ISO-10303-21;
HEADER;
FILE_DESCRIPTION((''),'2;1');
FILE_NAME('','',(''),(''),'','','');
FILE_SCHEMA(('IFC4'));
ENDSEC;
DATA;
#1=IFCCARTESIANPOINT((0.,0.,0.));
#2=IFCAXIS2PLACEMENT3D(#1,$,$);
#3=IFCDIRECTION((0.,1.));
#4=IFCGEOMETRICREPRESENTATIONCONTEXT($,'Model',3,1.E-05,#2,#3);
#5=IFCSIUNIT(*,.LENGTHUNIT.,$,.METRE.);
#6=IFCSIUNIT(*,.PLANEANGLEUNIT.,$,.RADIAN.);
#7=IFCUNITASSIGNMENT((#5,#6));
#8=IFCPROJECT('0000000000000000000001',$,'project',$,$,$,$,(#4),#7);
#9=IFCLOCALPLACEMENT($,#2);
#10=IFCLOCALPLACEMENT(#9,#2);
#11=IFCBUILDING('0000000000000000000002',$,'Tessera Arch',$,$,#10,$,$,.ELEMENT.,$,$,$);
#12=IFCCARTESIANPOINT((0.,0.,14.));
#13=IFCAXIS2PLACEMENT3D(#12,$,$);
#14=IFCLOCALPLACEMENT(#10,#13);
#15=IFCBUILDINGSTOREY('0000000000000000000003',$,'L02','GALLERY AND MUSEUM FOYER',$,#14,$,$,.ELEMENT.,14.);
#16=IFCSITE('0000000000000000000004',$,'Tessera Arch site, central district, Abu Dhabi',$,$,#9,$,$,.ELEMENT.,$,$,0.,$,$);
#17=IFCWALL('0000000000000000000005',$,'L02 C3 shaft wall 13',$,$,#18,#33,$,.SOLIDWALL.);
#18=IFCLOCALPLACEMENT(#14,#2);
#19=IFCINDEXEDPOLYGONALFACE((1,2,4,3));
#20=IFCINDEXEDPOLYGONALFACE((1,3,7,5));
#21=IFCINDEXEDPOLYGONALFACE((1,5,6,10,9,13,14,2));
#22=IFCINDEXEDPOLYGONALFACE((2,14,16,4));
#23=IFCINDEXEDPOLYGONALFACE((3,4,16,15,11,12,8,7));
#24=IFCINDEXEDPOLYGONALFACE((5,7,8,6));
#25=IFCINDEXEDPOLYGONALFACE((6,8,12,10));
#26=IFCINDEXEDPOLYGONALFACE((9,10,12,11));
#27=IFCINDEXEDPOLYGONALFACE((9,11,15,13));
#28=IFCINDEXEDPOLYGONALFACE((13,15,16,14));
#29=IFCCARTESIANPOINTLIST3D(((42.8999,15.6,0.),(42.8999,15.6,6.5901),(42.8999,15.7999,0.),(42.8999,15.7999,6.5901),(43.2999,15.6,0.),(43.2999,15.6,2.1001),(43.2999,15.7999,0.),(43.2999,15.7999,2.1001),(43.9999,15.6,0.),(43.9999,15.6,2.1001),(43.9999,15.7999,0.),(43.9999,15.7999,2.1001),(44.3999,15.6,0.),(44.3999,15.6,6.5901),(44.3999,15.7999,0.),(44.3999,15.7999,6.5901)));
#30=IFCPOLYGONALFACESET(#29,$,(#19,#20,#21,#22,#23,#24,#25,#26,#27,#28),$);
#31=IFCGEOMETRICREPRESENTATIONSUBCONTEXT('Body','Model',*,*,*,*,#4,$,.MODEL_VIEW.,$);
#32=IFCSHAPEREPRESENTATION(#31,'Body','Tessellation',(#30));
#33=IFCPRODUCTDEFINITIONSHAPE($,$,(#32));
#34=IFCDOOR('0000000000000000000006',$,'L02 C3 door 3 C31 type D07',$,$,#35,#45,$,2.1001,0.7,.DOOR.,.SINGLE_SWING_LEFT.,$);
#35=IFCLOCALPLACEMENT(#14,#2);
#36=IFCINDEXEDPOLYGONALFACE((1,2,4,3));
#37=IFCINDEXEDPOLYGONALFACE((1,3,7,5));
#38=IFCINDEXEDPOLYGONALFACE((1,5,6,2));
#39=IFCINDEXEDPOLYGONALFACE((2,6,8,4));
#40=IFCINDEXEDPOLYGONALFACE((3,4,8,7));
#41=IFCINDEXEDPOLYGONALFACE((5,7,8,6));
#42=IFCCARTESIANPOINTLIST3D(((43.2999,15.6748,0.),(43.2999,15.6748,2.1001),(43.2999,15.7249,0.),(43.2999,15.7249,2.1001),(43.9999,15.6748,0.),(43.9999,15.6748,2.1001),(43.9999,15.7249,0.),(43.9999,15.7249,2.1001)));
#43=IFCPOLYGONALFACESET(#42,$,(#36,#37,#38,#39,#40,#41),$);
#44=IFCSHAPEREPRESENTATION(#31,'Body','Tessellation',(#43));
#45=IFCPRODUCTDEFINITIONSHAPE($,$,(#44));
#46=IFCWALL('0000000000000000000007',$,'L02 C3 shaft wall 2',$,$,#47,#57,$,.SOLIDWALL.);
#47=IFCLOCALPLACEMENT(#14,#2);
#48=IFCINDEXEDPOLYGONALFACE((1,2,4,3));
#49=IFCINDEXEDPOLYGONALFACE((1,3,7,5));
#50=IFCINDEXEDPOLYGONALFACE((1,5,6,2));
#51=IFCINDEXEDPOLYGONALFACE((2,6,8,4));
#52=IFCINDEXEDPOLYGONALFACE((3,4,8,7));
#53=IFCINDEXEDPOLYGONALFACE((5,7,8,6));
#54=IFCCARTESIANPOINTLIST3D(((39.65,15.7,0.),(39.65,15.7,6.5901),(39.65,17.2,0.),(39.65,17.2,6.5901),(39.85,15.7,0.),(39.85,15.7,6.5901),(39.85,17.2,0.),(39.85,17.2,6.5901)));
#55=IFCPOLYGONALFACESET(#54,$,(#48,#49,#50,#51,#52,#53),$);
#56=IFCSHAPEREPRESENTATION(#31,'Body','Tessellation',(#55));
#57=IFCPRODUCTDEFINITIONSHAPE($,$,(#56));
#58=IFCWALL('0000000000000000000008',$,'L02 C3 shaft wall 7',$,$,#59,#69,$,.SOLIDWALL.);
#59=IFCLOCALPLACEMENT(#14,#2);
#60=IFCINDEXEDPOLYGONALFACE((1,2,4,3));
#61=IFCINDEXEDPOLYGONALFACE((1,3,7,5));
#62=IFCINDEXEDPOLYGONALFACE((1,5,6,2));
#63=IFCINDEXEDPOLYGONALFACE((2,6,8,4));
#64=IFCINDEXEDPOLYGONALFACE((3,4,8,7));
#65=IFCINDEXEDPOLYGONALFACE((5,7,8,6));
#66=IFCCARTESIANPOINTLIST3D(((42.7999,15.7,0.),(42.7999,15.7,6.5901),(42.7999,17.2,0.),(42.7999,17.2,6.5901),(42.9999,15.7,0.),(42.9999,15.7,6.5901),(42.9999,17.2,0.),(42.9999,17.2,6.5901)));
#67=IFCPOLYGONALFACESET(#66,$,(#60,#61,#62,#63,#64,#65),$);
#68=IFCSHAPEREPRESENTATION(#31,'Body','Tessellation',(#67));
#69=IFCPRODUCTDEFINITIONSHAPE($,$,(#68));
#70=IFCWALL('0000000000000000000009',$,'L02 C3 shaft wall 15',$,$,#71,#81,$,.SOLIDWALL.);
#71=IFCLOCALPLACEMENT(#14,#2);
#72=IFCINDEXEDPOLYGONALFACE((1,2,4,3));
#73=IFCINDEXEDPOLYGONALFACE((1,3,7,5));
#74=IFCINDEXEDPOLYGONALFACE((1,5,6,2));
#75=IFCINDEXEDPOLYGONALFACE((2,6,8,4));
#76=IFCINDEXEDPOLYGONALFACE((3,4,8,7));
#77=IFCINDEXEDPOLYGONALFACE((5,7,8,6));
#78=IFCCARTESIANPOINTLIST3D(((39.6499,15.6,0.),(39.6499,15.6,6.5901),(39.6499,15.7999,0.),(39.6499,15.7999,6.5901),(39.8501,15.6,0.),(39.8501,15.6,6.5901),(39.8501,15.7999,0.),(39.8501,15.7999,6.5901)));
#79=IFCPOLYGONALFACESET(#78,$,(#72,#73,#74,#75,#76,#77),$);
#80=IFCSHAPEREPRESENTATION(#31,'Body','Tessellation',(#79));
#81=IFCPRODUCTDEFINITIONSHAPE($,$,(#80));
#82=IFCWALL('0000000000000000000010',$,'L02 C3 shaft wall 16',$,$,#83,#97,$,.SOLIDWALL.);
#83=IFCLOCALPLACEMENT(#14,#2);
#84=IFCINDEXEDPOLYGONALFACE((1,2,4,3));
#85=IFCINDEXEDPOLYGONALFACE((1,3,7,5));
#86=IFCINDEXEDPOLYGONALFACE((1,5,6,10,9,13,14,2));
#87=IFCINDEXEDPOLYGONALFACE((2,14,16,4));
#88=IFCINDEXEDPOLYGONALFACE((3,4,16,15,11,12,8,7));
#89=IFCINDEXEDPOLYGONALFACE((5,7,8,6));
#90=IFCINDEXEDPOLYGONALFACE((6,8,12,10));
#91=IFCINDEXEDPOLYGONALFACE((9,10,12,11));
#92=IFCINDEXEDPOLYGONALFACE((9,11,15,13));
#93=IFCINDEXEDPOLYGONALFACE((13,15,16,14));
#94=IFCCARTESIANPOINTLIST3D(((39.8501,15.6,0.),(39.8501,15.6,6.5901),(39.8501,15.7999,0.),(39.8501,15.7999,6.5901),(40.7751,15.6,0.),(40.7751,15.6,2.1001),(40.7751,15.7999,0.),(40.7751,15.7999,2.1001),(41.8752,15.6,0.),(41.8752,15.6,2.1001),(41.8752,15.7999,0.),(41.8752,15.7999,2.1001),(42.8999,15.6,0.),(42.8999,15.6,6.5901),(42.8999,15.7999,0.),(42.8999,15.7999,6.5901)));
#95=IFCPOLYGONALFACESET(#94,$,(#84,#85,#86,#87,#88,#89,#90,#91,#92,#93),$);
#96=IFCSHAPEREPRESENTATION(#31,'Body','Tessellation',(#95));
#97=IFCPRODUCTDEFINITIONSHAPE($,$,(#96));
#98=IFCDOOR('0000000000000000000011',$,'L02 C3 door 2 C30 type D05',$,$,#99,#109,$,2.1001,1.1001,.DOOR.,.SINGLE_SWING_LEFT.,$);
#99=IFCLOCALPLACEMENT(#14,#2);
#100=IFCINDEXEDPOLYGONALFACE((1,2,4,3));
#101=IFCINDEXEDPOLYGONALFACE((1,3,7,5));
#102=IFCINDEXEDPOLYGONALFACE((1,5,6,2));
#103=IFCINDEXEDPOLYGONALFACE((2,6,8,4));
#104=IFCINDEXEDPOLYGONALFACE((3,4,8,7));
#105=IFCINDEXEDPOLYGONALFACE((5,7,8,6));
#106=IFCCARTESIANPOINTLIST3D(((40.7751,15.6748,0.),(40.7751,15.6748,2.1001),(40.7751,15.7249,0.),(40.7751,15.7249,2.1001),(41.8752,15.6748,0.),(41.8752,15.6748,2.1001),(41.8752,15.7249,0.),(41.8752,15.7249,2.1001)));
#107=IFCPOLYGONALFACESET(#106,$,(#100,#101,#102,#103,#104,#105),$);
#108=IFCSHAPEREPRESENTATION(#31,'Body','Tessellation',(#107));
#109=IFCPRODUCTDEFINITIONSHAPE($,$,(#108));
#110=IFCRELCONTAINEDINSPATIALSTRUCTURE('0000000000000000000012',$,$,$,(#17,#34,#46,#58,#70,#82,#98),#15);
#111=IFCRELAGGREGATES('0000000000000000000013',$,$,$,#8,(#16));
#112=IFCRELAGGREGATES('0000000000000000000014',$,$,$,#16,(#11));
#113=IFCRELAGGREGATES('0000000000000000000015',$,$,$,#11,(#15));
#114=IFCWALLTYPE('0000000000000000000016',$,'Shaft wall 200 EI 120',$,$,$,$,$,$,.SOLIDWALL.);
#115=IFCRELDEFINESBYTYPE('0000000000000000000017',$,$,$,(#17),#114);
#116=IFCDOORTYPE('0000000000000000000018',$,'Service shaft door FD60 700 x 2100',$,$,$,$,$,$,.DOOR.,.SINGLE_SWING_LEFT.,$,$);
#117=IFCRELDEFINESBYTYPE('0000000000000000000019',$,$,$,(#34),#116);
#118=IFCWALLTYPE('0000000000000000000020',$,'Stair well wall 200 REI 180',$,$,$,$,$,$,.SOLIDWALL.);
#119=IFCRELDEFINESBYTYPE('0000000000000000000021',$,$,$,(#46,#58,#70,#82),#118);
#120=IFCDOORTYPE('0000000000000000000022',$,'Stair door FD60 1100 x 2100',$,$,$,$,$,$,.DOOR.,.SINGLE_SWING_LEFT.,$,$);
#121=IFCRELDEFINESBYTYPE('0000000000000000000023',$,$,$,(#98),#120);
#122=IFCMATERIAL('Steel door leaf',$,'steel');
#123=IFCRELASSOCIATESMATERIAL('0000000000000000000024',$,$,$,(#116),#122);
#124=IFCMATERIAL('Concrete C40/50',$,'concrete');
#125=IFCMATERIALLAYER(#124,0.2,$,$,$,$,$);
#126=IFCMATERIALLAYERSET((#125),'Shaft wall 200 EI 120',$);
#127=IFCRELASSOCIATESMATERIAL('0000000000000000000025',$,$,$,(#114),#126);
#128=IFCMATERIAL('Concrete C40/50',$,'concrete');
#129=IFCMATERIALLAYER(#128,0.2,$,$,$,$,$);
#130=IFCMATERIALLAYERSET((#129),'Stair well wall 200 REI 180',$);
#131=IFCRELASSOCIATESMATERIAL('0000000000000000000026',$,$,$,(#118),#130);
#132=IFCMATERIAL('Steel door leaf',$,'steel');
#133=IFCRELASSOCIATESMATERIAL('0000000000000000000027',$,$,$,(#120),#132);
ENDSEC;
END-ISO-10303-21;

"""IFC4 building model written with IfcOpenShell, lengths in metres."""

from ifc_helpers import new_model, si_unit, direction, frame, frame_2d, origin, place, context, subcontext, project, spatial, rectangle, extrude, material, layer, layer_set, type_object, element, fill, save


model = new_model("IFC4")

# Units and contexts
model_context = context("Model", 3, precision=1e-05, world=origin(), true_north=direction((0.0, 1.0)))
body_context = subcontext(model_context, "Body", "Model", "MODEL_VIEW")
ifc_project = project(units=[si_unit("LENGTHUNIT", "METRE"), si_unit("PLANEANGLEUNIT", "RADIAN")], contexts=[model_context])

# Site, building, storey
site_placement = place(None, origin())
site = spatial("IfcSite", under=ifc_project, at=site_placement, Name="Tessera Arch site, central district, Abu Dhabi", CompositionType="ELEMENT", RefElevation=0.0)
building_placement = place(site_placement, origin())
building = spatial("IfcBuilding", under=site, at=building_placement, Name="Tessera Arch", CompositionType="ELEMENT")
storey_placement = place(building_placement, frame((0.0, 0.0, 14.0)))
storey = spatial("IfcBuildingStorey", under=building, at=storey_placement, Name="L02", Description="GALLERY AND MUSEUM FOYER", CompositionType="ELEMENT", Elevation=14.0)

# Shared definitions
ifc_material_1 = material(Name="Steel door leaf", Category="steel")
door_type_1 = type_object("IfcDoorType", Name="Service shaft door FD60 700 x 2100", OperationType="SINGLE_SWING_LEFT", PredefinedType="DOOR", material=ifc_material_1)

# Shared definitions
ifc_material_2 = material(Name="Concrete C40/50", Category="concrete")
ifc_layer_1 = layer(ifc_material_2, 0.2)
ifc_layer_set_1 = layer_set([ifc_layer_1], Name="Shaft wall 200 EI 120")
wall_type_1 = type_object("IfcWallType", Name="Shaft wall 200 EI 120", PredefinedType="SOLIDWALL", material=ifc_layer_set_1)

# Wall, opening, door
wall_1_placement = place(storey_placement, frame((42.8999, 15.7, 0.0), z_axis=(0.0, 0.0, 1.0), x_axis=(1.0, 0.0, 0.0)))
wall_1 = element("IfcWall", 1, at=wall_1_placement, inside=storey, type_object=wall_type_1, Name="L02 C3 shaft wall 13", PredefinedType="SOLIDWALL", context=body_context, shape_type="SweptSolid", body=[
    extrude(rectangle(XDim=1.5, YDim=0.2, at=frame_2d((0.75, 0.0))), origin(), (0.0, 0.0, 1.0), 6.5901),
])
opening_1_placement = place(wall_1_placement, frame((0.3999, 0.0, 0.0)))
opening_1 = element("IfcOpeningElement", 2, at=opening_1_placement, cuts=wall_1, PredefinedType="OPENING", context=body_context, shape_type="SweptSolid", body=[
    extrude(rectangle(XDim=0.7, YDim=2.1001, at=frame_2d((0.3501, 1.05))), frame((0.0, 0.1099, 0.0), z_axis=(0.0, -1.0, 0.0), x_axis=(1.0, 0.0, 0.0)), (0.0, 0.0, 1.0), 0.22),
])
door_1_placement = place(opening_1_placement, origin())
door_1 = element("IfcDoor", 3, at=door_1_placement, inside=storey, type_object=door_type_1, Name="L02 C3 door 3 C31 type D07", OperationType="SINGLE_SWING_LEFT", OverallHeight=2.1001, OverallWidth=0.7, PredefinedType="DOOR", context=body_context, shape_type="SweptSolid", body=[
    extrude(rectangle(XDim=0.7, YDim=2.1001, at=frame_2d((0.3501, 1.05))), frame((0.0, 0.0249, 0.0), z_axis=(0.0, -1.0, 0.0), x_axis=(1.0, 0.0, 0.0)), (0.0, 0.0, 1.0), 0.05),
])
fill(opening_1, door_1)

# Walls
ifc_material_3 = material(Name="Concrete C40/50", Category="concrete")
ifc_layer_2 = layer(ifc_material_3, 0.2)
ifc_layer_set_2 = layer_set([ifc_layer_2], Name="Stair well wall 200 REI 180")
wall_type_2 = type_object("IfcWallType", Name="Stair well wall 200 REI 180", PredefinedType="SOLIDWALL", material=ifc_layer_set_2)
for number, where, z_axis, x_axis, name in (
    (4, (39.75, 15.7, 0.0), (0.0, 0.0, 1.0), (0.0, 1.0, 0.0), "L02 C3 shaft wall 2"),
    (5, (42.8999, 15.7, 0.0), (0.0, 0.0, 1.0), (0.0, 1.0, 0.0), "L02 C3 shaft wall 7"),
):
    element("IfcWall", number, at=place(storey_placement, frame(where, z_axis=z_axis, x_axis=x_axis)), inside=storey, type_object=wall_type_2, Name=name, PredefinedType="SOLIDWALL", context=body_context, shape_type="SweptSolid", body=[
        extrude(rectangle(XDim=1.5, YDim=0.2, at=frame_2d((0.75, 0.0))), origin(), (0.0, 0.0, 1.0), 6.5901),
    ])
wall_2_placement = place(storey_placement, frame((39.6499, 15.7, 0.0), z_axis=(0.0, 0.0, 1.0), x_axis=(1.0, 0.0, 0.0)))
element("IfcWall", 6, at=wall_2_placement, inside=storey, type_object=wall_type_2, Name="L02 C3 shaft wall 15", PredefinedType="SOLIDWALL", context=body_context, shape_type="SweptSolid", body=[
    extrude(rectangle(XDim=0.2002, YDim=0.2, at=frame_2d((0.1001, 0.0))), origin(), (0.0, 0.0, 1.0), 6.5901),
])

# Wall, opening, door
wall_3_placement = place(storey_placement, frame((39.8501, 15.7, 0.0), z_axis=(0.0, 0.0, 1.0), x_axis=(1.0, 0.0, 0.0)))
wall_3 = element("IfcWall", 7, at=wall_3_placement, inside=storey, type_object=wall_type_2, Name="L02 C3 shaft wall 16", PredefinedType="SOLIDWALL", context=body_context, shape_type="SweptSolid", body=[
    extrude(rectangle(XDim=3.0498, YDim=0.2, at=frame_2d((1.5249, 0.0))), origin(), (0.0, 0.0, 1.0), 6.5901),
])
opening_2_placement = place(wall_3_placement, frame((0.925, 0.0, 0.0)))
opening_2 = element("IfcOpeningElement", 8, at=opening_2_placement, cuts=wall_3, PredefinedType="OPENING", context=body_context, shape_type="SweptSolid", body=[
    extrude(rectangle(XDim=1.1001, YDim=2.1001, at=frame_2d((0.55, 1.05))), frame((0.0, 0.1099, 0.0), z_axis=(0.0, -1.0, 0.0), x_axis=(1.0, 0.0, 0.0)), (0.0, 0.0, 1.0), 0.22),
])
ifc_material_4 = material(Name="Steel door leaf", Category="steel")
door_type_2 = type_object("IfcDoorType", Name="Stair door FD60 1100 x 2100", OperationType="SINGLE_SWING_LEFT", PredefinedType="DOOR", material=ifc_material_4)
door_2_placement = place(opening_2_placement, origin())
door_2 = element("IfcDoor", 9, at=door_2_placement, inside=storey, type_object=door_type_2, Name="L02 C3 door 2 C30 type D05", OperationType="SINGLE_SWING_LEFT", OverallHeight=2.1001, OverallWidth=1.1001, PredefinedType="DOOR", context=body_context, shape_type="SweptSolid", body=[
    extrude(rectangle(XDim=1.1001, YDim=2.1001, at=frame_2d((0.55, 1.05))), frame((0.0, 0.0249, 0.0), z_axis=(0.0, -1.0, 0.0), x_axis=(1.0, 0.0, 0.0)), (0.0, 0.0, 1.0), 0.05),
])
fill(opening_2, door_2)

save(model, "model.ifc")
